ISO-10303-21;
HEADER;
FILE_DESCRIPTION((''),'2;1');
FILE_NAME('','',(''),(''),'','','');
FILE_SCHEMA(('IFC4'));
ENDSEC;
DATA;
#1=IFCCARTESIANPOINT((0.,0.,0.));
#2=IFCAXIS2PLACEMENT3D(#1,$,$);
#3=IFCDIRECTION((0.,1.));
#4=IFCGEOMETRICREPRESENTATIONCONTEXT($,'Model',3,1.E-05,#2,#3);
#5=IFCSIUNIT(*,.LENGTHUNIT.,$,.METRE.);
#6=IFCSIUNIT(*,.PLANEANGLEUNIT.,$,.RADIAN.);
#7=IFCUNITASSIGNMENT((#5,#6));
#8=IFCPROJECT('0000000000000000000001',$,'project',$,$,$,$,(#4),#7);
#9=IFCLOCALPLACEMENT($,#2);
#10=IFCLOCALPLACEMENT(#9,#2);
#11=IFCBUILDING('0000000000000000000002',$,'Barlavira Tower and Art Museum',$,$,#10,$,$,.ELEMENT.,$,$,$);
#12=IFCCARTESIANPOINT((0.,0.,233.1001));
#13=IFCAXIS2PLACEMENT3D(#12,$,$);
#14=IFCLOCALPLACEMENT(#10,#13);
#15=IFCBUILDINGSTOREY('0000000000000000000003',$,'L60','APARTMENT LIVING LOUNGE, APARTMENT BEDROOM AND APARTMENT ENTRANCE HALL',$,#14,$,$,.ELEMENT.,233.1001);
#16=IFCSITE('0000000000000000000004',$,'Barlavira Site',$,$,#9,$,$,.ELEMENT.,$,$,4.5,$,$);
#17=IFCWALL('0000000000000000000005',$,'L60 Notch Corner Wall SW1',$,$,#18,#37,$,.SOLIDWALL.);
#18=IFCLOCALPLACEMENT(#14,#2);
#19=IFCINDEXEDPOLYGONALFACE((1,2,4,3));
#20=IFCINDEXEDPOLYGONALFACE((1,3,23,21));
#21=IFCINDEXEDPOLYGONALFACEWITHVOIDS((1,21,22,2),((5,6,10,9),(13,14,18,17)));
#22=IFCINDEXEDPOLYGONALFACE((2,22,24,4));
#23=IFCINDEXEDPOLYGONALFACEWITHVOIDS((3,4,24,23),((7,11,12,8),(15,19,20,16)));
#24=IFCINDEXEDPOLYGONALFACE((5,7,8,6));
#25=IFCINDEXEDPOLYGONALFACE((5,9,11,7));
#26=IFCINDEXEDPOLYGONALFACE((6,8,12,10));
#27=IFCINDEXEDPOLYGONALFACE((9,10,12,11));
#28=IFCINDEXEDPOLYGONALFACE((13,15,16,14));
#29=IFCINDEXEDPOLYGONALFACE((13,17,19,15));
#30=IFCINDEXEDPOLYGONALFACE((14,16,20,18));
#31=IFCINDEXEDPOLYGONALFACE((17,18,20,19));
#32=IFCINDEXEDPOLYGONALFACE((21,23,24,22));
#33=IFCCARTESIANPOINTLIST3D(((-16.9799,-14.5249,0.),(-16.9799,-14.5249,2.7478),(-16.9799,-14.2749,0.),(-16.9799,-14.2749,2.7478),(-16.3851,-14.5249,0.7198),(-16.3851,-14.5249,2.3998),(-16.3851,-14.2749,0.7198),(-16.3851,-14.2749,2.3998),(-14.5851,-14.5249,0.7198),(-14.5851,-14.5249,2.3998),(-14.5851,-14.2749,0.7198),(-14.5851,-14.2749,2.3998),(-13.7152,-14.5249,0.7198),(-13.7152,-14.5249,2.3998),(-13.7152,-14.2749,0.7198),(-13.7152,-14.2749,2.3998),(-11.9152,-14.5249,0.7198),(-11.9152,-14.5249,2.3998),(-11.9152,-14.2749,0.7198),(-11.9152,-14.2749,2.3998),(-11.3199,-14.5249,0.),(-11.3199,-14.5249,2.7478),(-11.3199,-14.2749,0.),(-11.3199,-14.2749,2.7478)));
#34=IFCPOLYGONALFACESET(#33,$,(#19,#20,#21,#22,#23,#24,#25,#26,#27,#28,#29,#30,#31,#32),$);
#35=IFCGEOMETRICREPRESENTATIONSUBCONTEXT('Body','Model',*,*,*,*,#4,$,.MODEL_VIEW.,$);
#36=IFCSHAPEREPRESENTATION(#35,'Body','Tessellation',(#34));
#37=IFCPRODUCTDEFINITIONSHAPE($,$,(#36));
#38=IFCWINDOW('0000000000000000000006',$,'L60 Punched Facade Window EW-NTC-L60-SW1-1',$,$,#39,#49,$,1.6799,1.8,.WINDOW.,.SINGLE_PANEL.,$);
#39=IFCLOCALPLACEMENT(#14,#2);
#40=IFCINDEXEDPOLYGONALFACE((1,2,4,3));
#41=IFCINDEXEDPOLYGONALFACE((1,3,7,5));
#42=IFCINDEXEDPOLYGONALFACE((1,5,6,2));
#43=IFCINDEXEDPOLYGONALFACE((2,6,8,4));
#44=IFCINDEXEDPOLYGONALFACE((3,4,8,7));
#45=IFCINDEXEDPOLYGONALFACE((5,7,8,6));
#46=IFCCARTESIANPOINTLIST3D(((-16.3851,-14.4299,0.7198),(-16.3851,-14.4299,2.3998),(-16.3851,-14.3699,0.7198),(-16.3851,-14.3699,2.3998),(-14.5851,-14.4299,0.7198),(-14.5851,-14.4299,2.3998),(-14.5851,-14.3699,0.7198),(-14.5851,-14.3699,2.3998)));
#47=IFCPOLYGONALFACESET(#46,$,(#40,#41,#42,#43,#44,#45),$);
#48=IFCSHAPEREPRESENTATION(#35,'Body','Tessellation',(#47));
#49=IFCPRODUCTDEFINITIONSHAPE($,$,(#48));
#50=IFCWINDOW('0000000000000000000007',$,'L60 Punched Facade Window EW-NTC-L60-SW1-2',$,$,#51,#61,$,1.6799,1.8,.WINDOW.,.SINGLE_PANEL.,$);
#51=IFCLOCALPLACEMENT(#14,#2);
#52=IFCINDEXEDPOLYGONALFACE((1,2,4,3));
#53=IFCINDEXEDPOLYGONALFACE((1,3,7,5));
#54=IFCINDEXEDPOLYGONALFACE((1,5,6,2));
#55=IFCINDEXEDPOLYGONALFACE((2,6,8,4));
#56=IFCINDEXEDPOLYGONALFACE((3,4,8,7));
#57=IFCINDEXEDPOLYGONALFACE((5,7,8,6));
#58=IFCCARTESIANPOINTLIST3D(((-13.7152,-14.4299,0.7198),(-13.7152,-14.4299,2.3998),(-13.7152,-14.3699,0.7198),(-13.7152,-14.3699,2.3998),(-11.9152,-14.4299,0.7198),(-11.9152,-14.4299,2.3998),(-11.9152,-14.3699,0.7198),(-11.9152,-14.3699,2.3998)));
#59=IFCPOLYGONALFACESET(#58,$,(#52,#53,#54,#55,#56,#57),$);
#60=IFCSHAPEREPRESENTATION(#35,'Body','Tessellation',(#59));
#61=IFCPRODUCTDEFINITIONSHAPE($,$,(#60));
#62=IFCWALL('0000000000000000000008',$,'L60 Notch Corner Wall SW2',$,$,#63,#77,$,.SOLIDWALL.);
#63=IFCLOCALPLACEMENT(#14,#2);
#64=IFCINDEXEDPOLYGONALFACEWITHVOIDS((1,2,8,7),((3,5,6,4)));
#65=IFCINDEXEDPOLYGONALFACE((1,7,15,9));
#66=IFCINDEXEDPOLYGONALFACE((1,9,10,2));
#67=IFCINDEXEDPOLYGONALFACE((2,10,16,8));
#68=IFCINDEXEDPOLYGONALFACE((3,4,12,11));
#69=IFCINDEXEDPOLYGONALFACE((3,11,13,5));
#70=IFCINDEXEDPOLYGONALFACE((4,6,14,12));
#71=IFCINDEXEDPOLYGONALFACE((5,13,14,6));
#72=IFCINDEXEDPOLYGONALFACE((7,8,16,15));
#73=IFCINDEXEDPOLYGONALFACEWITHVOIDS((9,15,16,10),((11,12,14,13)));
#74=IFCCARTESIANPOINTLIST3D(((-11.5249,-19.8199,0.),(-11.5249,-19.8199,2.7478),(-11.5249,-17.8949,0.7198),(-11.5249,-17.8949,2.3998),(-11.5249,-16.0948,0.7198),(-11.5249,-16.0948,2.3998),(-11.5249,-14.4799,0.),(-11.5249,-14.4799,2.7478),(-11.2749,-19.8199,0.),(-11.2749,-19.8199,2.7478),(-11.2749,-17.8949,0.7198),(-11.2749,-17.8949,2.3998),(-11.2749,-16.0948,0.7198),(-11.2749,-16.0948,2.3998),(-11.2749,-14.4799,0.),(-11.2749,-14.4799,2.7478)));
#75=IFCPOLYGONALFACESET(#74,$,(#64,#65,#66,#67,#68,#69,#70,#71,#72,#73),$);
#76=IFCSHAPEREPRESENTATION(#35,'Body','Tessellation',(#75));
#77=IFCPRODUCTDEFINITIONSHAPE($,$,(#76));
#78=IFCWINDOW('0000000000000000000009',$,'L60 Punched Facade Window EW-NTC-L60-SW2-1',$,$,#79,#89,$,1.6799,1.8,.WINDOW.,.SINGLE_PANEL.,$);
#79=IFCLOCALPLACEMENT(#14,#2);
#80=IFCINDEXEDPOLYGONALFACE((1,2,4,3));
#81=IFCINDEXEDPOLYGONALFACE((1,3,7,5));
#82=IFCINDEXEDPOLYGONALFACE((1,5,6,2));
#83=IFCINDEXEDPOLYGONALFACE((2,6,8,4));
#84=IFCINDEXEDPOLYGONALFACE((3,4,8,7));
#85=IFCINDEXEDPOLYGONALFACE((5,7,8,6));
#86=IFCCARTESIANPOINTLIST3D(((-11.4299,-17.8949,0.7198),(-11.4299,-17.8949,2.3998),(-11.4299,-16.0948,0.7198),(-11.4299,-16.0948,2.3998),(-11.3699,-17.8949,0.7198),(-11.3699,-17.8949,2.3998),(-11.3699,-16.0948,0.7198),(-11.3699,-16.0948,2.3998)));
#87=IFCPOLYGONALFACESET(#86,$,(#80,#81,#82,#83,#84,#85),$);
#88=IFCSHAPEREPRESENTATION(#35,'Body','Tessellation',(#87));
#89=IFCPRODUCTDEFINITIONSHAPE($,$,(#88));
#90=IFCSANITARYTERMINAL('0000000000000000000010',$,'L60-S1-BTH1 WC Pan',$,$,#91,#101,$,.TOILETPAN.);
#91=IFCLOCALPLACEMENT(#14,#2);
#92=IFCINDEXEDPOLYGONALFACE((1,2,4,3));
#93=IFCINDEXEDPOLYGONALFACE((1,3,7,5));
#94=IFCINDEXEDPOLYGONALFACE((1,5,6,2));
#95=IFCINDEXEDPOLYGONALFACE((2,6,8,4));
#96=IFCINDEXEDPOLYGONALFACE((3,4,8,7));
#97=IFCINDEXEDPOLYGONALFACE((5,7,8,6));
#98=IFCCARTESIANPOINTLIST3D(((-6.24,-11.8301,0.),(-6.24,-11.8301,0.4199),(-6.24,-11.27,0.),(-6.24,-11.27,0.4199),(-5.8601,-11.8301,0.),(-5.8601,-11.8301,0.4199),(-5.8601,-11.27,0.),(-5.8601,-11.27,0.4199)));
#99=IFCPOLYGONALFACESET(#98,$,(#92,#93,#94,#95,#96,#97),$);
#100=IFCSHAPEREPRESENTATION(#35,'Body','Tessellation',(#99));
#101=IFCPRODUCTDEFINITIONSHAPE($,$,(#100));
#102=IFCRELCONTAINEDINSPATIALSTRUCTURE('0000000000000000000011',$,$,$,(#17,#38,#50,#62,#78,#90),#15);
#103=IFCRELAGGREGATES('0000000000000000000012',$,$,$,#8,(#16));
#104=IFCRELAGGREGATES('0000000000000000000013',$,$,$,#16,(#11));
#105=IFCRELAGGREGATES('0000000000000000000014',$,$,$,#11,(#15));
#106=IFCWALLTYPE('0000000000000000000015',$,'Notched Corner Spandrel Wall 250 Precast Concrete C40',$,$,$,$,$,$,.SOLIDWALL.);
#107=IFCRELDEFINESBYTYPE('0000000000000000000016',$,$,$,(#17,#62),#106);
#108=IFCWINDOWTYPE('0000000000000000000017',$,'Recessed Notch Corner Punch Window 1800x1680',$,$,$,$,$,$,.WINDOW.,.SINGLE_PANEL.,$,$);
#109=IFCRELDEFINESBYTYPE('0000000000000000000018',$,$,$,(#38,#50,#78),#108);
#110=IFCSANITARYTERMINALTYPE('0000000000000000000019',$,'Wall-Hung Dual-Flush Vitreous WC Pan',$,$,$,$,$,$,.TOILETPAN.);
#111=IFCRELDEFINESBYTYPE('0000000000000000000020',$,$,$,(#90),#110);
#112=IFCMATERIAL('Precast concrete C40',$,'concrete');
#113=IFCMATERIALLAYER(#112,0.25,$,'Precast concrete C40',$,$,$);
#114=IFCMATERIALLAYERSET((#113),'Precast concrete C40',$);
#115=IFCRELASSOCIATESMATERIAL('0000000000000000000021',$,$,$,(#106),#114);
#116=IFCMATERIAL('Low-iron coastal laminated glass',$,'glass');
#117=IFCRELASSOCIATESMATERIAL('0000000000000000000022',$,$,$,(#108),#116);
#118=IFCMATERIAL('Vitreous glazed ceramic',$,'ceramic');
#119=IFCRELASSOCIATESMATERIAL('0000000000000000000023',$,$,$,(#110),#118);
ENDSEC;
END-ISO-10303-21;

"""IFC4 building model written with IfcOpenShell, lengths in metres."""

from ifc_helpers import new_model, si_unit, direction, frame, frame_2d, origin, origin_2d, place, context, subcontext, project, spatial, rectangle, extrude, material, layer, layer_set, type_object, element, fill, save


model = new_model("IFC4")

# Units and contexts
model_context = context("Model", 3, precision=1e-05, world=origin(), true_north=direction((0.0, 1.0)))
body_context = subcontext(model_context, "Body", "Model", "MODEL_VIEW")
ifc_project = project(units=[si_unit("LENGTHUNIT", "METRE"), si_unit("PLANEANGLEUNIT", "RADIAN")], contexts=[model_context])

# Site, building, storey
site_placement = place(None, origin())
site = spatial("IfcSite", under=ifc_project, at=site_placement, Name="Barlavira Site", CompositionType="ELEMENT", RefElevation=4.5)
building_placement = place(site_placement, origin())
building = spatial("IfcBuilding", under=site, at=building_placement, Name="Barlavira Tower and Art Museum", CompositionType="ELEMENT")
storey_placement = place(building_placement, frame((0.0, 0.0, 233.1001)))
storey = spatial("IfcBuildingStorey", under=building, at=storey_placement, Name="L60", Description="APARTMENT LIVING LOUNGE, APARTMENT BEDROOM AND APARTMENT ENTRANCE HALL", CompositionType="ELEMENT", Elevation=233.1001)

# Shared definitions
ifc_material_1 = material(Name="Low-iron coastal laminated glass", Category="glass")

# Shared definitions
ifc_material_2 = material(Name="Precast concrete C40", Category="concrete")
ifc_layer_1 = layer(ifc_material_2, 0.25, Name="Precast concrete C40")
ifc_layer_set_1 = layer_set([ifc_layer_1], Name="Precast concrete C40")
wall_type_1 = type_object("IfcWallType", Name="Notched Corner Spandrel Wall 250 Precast Concrete C40", PredefinedType="SOLIDWALL", material=ifc_layer_set_1)
window_type = type_object("IfcWindowType", Name="Recessed Notch Corner Punch Window 1800x1680", PartitioningType="SINGLE_PANEL", PredefinedType="WINDOW", material=ifc_material_1)

# Wall, openings, windows
wall_1_placement = place(storey_placement, frame((-16.98, -14.3999, 0.0), z_axis=(0.0, 0.0, 1.0), x_axis=(1.0, 0.0, 0.0)))
wall_1 = element("IfcWall", 1, at=wall_1_placement, inside=storey, type_object=wall_type_1, Name="L60 Notch Corner Wall SW1", PredefinedType="SOLIDWALL", context=body_context, shape_type="SweptSolid", body=[
    extrude(rectangle(XDim=5.6599, YDim=0.25, at=frame_2d((2.8301, 0.0))), origin(), (0.0, 0.0, 1.0), 2.7478),
])
opening_1_placement = place(wall_1_placement, frame((0.595, 0.0, 0.72)))
opening_1 = element("IfcOpeningElement", 2, at=opening_1_placement, cuts=wall_1, PredefinedType="OPENING", context=body_context, shape_type="SweptSolid", body=[
    extrude(rectangle(XDim=1.8, YDim=1.6799, at=frame_2d((0.8999, 0.8398))), frame((0.0, 0.135, 0.0), z_axis=(0.0, -1.0, 0.0), x_axis=(1.0, 0.0, 0.0)), (0.0, 0.0, 1.0), 0.27),
])
opening_2_placement = place(wall_1_placement, frame((3.2649, 0.0, 0.72)))
opening_2 = element("IfcOpeningElement", 3, at=opening_2_placement, cuts=wall_1, PredefinedType="OPENING", context=body_context, shape_type="SweptSolid", body=[
    extrude(rectangle(XDim=1.8, YDim=1.6799, at=frame_2d((0.8999, 0.8398))), frame((0.0, 0.135, 0.0), z_axis=(0.0, -1.0, 0.0), x_axis=(1.0, 0.0, 0.0)), (0.0, 0.0, 1.0), 0.27),
])
window_1_placement = place(opening_1_placement, origin())
window_1 = element("IfcWindow", 4, at=window_1_placement, inside=storey, type_object=window_type, Name="L60 Punched Facade Window EW-NTC-L60-SW1-1", OverallHeight=1.6799, OverallWidth=1.8, PartitioningType="SINGLE_PANEL", PredefinedType="WINDOW", context=body_context, shape_type="SweptSolid", body=[
    extrude(rectangle(XDim=1.8, YDim=1.6799, at=frame_2d((0.8999, 0.8398))), frame((0.0, 0.03, 0.0), z_axis=(0.0, -1.0, 0.0), x_axis=(1.0, 0.0, 0.0)), (0.0, 0.0, 1.0), 0.0601),
])
fill(opening_1, window_1)
window_2_placement = place(opening_2_placement, origin())
window_2 = element("IfcWindow", 5, at=window_2_placement, inside=storey, type_object=window_type, Name="L60 Punched Facade Window EW-NTC-L60-SW1-2", OverallHeight=1.6799, OverallWidth=1.8, PartitioningType="SINGLE_PANEL", PredefinedType="WINDOW", context=body_context, shape_type="SweptSolid", body=[
    extrude(rectangle(XDim=1.8, YDim=1.6799, at=frame_2d((0.8999, 0.8398))), frame((0.0, 0.03, 0.0), z_axis=(0.0, -1.0, 0.0), x_axis=(1.0, 0.0, 0.0)), (0.0, 0.0, 1.0), 0.0601),
])
fill(opening_2, window_2)

# Wall, opening, window
wall_2_placement = place(storey_placement, frame((-11.3999, -14.48, 0.0), z_axis=(0.0, 0.0, 1.0), x_axis=(0.0, -1.0, 0.0)))
wall_2 = element("IfcWall", 6, at=wall_2_placement, inside=storey, type_object=wall_type_1, Name="L60 Notch Corner Wall SW2", PredefinedType="SOLIDWALL", context=body_context, shape_type="SweptSolid", body=[
    extrude(rectangle(XDim=5.3401, YDim=0.25, at=frame_2d((2.6699, 0.0))), origin(), (0.0, 0.0, 1.0), 2.7478),
])
opening_3_placement = place(wall_2_placement, frame((1.615, 0.0, 0.72)))
opening_3 = element("IfcOpeningElement", 7, at=opening_3_placement, cuts=wall_2, PredefinedType="OPENING", context=body_context, shape_type="SweptSolid", body=[
    extrude(rectangle(XDim=1.8, YDim=1.6799, at=frame_2d((0.8999, 0.8398))), frame((0.0, 0.135, 0.0), z_axis=(0.0, -1.0, 0.0), x_axis=(1.0, 0.0, 0.0)), (0.0, 0.0, 1.0), 0.27),
])
window_3_placement = place(opening_3_placement, origin())
window_3 = element("IfcWindow", 8, at=window_3_placement, inside=storey, type_object=window_type, Name="L60 Punched Facade Window EW-NTC-L60-SW2-1", OverallHeight=1.6799, OverallWidth=1.8, PartitioningType="SINGLE_PANEL", PredefinedType="WINDOW", context=body_context, shape_type="SweptSolid", body=[
    extrude(rectangle(XDim=1.8, YDim=1.6799, at=frame_2d((0.8999, 0.8398))), frame((0.0, 0.03, 0.0), z_axis=(0.0, -1.0, 0.0), x_axis=(1.0, 0.0, 0.0)), (0.0, 0.0, 1.0), 0.0601),
])
fill(opening_3, window_3)

# Sanitary terminal
ifc_material_3 = material(Name="Vitreous glazed ceramic", Category="ceramic")
sanitary_terminal_type = type_object("IfcSanitaryTerminalType", Name="Wall-Hung Dual-Flush Vitreous WC Pan", PredefinedType="TOILETPAN", material=ifc_material_3)
sanitary_terminal_placement = place(storey_placement, frame((-6.05, -11.55, 0.0), z_axis=(0.0, 0.0, 1.0), x_axis=(1.0, 0.0, 0.0)))
element("IfcSanitaryTerminal", 9, at=sanitary_terminal_placement, inside=storey, type_object=sanitary_terminal_type, Name="L60-S1-BTH1 WC Pan", PredefinedType="TOILETPAN", context=body_context, shape_type="SweptSolid", body=[
    extrude(rectangle(XDim=0.3799, YDim=0.5601, at=origin_2d()), origin(), (0.0, 0.0, 1.0), 0.4199),
])

save(model, "model.ifc")
